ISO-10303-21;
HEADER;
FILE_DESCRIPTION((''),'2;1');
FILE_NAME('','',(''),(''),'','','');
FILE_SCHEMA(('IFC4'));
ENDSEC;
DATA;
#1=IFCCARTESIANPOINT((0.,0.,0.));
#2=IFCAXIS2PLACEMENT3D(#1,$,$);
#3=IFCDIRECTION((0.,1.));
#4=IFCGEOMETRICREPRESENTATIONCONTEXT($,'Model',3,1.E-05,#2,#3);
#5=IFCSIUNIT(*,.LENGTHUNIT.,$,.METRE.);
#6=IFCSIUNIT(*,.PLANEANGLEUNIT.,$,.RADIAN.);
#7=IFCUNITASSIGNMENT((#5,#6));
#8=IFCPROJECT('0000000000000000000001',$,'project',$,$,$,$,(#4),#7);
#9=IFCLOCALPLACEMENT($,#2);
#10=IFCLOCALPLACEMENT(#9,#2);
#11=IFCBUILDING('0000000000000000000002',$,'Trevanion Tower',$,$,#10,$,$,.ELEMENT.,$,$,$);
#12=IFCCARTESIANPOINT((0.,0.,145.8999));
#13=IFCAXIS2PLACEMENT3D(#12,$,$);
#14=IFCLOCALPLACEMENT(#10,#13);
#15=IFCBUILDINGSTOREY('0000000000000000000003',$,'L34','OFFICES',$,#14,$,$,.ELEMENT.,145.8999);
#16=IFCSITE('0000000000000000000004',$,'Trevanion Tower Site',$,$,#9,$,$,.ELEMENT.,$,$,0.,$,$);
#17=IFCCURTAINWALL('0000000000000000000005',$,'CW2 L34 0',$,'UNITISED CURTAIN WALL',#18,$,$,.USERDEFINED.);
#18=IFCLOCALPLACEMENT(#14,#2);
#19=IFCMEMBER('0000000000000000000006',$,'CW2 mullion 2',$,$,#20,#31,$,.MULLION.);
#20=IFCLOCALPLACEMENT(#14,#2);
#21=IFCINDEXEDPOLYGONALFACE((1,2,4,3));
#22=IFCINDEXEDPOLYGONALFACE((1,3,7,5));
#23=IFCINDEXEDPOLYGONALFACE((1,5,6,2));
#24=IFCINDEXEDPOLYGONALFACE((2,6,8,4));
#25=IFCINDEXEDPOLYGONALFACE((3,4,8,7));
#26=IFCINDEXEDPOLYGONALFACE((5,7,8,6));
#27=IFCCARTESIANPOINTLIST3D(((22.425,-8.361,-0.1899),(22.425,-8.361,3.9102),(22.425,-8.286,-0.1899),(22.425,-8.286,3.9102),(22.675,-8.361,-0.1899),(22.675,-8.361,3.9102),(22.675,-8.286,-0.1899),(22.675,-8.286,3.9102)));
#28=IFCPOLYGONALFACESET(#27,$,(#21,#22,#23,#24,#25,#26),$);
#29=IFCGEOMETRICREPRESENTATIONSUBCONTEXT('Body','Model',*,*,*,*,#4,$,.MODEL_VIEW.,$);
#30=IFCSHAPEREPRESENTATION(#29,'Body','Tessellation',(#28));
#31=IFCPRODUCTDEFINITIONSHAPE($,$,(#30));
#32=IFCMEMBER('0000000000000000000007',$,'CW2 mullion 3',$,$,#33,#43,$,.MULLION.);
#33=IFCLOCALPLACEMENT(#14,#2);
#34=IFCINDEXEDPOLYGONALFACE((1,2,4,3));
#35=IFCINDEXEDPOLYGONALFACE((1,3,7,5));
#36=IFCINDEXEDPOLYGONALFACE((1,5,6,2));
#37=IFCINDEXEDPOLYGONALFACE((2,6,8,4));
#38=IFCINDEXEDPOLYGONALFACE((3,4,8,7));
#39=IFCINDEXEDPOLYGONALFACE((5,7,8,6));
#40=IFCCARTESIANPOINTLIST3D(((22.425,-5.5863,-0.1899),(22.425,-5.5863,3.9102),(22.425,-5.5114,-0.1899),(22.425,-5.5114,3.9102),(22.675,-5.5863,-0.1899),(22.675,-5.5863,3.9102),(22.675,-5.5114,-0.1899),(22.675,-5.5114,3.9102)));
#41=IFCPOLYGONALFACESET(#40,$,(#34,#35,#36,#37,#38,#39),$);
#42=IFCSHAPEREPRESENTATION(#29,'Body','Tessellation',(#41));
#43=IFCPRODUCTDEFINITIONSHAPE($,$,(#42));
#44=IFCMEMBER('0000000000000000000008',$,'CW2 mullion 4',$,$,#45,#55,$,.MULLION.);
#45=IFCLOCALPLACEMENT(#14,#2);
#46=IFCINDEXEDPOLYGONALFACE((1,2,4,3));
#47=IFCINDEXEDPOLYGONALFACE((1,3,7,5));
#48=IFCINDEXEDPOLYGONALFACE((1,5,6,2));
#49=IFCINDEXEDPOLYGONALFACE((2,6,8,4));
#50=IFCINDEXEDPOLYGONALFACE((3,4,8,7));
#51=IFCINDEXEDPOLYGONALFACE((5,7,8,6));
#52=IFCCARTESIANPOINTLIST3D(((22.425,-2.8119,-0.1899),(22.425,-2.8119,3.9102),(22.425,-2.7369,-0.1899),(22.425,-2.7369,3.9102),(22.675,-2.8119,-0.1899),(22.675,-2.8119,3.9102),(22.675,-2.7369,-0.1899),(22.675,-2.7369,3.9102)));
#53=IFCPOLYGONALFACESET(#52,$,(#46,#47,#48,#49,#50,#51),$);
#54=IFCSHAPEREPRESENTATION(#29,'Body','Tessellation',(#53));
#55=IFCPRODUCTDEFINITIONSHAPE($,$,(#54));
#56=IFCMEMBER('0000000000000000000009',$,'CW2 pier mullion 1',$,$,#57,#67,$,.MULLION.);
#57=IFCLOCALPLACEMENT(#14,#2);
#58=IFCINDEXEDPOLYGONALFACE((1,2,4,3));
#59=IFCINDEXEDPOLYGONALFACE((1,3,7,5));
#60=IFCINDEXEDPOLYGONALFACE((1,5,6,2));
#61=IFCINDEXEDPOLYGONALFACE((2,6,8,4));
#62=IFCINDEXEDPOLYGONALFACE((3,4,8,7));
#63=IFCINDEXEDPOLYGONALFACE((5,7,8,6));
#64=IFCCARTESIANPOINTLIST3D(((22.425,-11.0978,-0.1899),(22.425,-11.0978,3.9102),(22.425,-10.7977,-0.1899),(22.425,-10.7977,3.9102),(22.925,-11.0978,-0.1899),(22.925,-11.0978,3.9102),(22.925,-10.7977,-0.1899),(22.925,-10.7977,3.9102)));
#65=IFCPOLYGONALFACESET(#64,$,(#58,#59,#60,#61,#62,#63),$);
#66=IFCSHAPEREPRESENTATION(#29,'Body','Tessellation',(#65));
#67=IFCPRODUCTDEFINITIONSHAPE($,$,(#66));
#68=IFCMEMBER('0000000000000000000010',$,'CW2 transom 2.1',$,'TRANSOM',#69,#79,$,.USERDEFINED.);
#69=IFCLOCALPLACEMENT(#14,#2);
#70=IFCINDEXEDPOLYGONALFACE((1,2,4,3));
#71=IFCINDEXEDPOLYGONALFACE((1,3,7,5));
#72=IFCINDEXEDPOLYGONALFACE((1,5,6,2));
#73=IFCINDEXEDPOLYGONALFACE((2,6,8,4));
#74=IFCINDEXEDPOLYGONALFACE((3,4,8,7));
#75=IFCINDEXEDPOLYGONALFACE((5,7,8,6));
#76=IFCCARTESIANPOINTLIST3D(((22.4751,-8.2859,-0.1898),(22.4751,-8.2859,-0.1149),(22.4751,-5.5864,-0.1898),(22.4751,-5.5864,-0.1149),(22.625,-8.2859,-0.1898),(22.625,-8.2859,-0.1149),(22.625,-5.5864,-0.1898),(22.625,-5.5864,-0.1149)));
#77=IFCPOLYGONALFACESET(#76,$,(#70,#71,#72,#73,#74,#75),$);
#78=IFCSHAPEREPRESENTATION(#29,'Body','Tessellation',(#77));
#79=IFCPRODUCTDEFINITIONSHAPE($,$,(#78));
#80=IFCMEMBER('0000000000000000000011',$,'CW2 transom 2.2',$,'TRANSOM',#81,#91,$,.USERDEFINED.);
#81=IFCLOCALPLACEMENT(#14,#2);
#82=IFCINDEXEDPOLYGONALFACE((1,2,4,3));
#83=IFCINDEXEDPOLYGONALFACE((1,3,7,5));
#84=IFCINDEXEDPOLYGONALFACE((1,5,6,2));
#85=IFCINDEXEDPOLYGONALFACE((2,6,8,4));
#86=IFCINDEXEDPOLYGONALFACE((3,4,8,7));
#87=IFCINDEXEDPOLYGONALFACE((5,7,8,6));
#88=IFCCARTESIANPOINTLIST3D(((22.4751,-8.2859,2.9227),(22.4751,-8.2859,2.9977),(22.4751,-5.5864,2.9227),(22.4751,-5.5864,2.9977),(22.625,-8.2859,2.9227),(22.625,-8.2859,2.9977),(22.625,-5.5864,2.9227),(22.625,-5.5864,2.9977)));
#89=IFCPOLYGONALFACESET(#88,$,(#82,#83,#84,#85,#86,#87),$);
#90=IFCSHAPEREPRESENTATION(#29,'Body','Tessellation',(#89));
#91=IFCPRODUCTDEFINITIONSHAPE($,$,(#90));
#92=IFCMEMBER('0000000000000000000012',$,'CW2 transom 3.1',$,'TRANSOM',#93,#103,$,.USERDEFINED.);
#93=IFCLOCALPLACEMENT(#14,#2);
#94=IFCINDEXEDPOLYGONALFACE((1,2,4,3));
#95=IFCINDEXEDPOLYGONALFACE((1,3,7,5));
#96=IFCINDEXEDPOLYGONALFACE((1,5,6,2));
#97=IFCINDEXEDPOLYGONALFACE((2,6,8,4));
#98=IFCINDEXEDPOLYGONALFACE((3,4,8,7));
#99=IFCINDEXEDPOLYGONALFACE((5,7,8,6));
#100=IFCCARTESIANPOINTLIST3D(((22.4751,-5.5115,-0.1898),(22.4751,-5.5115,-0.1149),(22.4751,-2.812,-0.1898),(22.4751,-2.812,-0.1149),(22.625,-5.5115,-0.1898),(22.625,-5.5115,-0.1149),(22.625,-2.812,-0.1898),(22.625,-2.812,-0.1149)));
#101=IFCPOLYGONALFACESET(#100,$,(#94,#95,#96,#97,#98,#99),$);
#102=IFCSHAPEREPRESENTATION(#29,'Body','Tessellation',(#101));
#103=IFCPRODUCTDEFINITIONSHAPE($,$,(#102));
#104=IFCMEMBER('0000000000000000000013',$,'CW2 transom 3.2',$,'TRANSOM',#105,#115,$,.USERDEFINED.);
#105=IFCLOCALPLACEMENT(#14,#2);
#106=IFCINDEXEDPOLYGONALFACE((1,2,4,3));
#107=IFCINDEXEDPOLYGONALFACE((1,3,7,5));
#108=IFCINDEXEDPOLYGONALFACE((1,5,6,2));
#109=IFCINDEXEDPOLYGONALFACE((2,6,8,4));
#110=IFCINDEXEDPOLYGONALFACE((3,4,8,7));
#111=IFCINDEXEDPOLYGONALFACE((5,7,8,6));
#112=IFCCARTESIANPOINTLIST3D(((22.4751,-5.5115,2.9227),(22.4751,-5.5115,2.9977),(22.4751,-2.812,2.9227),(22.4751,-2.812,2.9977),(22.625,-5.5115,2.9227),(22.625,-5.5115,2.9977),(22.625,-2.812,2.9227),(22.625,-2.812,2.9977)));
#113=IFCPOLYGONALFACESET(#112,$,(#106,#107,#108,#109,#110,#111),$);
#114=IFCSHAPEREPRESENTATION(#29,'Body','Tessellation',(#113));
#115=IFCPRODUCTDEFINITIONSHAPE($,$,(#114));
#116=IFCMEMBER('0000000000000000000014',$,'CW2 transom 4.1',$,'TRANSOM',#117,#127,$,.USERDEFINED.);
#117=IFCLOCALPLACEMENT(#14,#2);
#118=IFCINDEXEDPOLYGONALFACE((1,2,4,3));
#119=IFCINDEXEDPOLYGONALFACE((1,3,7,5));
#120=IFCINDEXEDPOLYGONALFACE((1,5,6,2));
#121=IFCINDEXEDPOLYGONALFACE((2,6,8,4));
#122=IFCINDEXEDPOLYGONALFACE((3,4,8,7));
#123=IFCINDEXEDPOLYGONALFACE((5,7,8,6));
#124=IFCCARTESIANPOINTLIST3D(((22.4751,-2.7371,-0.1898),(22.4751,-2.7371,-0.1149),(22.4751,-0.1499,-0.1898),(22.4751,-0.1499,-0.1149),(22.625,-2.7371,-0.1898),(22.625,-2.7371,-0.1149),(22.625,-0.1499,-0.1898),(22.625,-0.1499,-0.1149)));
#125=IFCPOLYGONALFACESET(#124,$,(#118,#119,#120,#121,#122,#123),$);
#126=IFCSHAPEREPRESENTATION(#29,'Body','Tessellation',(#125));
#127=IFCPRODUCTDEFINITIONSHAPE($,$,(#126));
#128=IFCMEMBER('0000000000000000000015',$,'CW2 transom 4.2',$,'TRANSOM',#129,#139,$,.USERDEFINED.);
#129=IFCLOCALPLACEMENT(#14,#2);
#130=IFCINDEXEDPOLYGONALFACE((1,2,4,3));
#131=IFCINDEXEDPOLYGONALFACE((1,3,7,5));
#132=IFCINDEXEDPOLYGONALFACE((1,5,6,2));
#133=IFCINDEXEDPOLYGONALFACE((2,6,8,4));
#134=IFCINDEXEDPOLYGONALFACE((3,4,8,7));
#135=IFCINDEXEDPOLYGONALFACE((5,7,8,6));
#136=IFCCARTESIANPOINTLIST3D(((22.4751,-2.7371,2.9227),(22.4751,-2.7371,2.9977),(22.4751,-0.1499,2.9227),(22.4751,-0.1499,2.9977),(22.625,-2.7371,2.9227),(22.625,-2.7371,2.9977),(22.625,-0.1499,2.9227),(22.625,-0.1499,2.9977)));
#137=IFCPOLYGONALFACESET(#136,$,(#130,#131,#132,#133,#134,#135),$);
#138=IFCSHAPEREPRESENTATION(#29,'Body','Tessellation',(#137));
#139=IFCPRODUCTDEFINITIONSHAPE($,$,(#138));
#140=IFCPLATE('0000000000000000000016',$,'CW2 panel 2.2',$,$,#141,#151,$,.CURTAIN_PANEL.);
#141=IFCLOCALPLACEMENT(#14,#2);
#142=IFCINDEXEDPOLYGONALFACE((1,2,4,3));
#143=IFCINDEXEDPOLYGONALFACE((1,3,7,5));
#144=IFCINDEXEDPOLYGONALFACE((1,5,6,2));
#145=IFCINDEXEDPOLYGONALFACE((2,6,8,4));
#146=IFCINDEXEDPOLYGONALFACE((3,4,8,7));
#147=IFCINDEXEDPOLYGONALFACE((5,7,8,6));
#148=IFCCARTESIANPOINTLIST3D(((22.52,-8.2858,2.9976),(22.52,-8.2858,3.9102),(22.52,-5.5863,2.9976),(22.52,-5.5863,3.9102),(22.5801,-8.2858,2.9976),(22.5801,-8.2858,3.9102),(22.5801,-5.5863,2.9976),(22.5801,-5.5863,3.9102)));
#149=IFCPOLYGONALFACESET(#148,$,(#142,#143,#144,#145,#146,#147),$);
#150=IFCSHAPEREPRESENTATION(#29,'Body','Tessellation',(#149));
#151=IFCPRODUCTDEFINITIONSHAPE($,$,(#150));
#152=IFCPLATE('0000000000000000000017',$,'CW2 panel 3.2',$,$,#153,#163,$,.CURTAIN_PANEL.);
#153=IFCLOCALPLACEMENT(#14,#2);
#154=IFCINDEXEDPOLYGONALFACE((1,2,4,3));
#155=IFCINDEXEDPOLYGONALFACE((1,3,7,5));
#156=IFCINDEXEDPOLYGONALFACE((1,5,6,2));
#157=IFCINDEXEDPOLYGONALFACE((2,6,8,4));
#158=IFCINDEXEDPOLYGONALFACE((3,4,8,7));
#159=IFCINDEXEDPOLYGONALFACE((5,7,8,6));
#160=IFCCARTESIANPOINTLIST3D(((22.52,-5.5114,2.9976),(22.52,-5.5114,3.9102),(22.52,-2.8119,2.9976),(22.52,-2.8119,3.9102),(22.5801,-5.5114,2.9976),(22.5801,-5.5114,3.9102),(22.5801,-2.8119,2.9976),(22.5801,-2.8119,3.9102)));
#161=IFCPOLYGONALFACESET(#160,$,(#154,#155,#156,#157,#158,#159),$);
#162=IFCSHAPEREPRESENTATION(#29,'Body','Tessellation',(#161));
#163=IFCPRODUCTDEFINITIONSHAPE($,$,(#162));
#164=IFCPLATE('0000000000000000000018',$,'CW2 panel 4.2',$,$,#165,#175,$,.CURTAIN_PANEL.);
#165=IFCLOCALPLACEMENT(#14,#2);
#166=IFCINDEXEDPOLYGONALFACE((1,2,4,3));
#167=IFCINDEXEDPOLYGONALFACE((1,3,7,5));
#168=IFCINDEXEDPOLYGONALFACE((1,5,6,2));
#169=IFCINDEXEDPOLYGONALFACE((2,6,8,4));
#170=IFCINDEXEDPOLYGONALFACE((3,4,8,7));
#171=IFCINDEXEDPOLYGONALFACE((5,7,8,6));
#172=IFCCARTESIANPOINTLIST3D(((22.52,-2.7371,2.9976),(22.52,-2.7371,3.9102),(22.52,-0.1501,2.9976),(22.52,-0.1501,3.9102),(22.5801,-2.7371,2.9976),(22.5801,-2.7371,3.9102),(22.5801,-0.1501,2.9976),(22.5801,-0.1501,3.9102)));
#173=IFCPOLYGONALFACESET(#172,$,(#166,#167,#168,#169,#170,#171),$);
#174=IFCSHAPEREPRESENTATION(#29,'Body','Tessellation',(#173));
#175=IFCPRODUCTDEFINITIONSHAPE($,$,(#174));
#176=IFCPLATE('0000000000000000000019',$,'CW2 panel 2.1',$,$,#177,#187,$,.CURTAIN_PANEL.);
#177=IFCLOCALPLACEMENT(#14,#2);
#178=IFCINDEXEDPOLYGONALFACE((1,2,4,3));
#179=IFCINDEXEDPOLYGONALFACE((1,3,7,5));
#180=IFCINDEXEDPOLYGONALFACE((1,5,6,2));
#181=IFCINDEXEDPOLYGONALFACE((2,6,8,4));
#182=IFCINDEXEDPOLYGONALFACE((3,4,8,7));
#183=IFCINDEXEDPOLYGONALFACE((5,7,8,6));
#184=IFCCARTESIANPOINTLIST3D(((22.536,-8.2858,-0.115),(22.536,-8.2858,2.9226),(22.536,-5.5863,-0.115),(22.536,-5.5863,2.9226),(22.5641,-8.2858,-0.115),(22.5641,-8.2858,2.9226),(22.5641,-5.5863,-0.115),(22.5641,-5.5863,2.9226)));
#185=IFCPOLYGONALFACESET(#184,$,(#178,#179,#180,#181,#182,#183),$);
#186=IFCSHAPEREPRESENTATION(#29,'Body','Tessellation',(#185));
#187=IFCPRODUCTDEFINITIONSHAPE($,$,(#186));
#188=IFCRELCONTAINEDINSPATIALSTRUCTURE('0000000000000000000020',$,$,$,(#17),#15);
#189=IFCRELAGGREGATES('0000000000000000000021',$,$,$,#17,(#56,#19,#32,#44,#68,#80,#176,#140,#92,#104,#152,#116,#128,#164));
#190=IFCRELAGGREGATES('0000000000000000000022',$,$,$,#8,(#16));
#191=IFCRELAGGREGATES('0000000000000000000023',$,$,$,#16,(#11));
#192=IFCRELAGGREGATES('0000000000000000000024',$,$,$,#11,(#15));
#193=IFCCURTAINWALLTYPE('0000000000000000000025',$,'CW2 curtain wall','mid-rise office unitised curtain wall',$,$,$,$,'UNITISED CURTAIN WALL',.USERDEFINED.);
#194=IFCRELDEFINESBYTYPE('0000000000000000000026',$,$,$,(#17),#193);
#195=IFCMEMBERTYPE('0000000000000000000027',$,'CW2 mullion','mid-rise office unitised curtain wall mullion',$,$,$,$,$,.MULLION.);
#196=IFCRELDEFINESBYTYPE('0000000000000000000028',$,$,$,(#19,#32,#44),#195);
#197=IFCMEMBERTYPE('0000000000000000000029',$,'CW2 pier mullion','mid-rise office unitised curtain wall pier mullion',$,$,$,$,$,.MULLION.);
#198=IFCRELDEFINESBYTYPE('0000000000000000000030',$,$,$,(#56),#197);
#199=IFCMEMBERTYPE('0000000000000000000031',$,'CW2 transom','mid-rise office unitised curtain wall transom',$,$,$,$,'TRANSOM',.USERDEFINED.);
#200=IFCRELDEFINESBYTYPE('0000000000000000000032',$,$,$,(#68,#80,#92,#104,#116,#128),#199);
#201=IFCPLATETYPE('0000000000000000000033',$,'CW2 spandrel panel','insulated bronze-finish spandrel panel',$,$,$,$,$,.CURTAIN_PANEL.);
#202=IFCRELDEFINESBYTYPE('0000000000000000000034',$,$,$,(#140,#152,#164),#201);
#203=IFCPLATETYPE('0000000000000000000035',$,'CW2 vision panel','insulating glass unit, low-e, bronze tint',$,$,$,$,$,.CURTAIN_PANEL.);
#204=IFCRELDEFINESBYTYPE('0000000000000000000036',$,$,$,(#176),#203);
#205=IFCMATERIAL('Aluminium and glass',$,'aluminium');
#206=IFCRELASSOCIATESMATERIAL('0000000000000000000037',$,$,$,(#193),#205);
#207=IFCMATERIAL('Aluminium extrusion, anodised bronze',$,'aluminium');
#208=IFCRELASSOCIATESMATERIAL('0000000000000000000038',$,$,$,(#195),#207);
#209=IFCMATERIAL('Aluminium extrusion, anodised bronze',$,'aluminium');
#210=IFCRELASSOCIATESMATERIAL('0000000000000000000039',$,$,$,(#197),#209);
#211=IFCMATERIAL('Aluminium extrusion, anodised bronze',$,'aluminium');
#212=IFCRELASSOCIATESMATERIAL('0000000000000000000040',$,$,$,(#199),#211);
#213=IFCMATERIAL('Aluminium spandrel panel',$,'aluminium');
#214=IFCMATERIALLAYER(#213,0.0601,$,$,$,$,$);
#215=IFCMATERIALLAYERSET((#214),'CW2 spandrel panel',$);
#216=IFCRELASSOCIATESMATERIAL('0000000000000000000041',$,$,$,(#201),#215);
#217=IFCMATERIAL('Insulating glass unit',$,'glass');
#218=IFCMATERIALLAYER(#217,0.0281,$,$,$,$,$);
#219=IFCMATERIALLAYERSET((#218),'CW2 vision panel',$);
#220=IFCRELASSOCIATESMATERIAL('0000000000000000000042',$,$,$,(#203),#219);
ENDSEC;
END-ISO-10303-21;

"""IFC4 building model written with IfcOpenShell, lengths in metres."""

from ifc_helpers import new_model, si_unit, direction, frame, origin, origin_2d, place, context, subcontext, project, spatial, rectangle, extrude, material, layer, layer_set, material_profile, profile_set, type_object, element, aggregate, save


model = new_model("IFC4")

# Units and contexts
model_context = context("Model", 3, precision=1e-05, world=origin(), true_north=direction((0.0, 1.0)))
body_context = subcontext(model_context, "Body", "Model", "MODEL_VIEW")
ifc_project = project(units=[si_unit("LENGTHUNIT", "METRE"), si_unit("PLANEANGLEUNIT", "RADIAN")], contexts=[model_context])

# Site, building, storey
site_placement = place(None, origin())
site = spatial("IfcSite", under=ifc_project, at=site_placement, Name="Trevanion Tower Site", CompositionType="ELEMENT", RefElevation=0.0)
building_placement = place(site_placement, origin())
building = spatial("IfcBuilding", under=site, at=building_placement, Name="Trevanion Tower", CompositionType="ELEMENT")
storey_placement = place(building_placement, frame((0.0, 0.0, 145.8999)))
storey = spatial("IfcBuildingStorey", under=building, at=storey_placement, Name="L34", Description="OFFICES", CompositionType="ELEMENT", Elevation=145.8999)

# Curtain wall, members, plates
ifc_material_1 = material(Name="Aluminium and glass", Category="aluminium")
curtain_wall_type = type_object("IfcCurtainWallType", Name="CW2 curtain wall", Description="mid-rise office unitised curtain wall", ElementType="UNITISED CURTAIN WALL", PredefinedType="USERDEFINED", material=ifc_material_1)
curtain_wall_placement = place(storey_placement, origin())
curtain_wall = element("IfcCurtainWall", 1, at=curtain_wall_placement, inside=storey, type_object=curtain_wall_type, Name="CW2 L34 0", ObjectType="UNITISED CURTAIN WALL", PredefinedType="USERDEFINED")
ifc_material_2 = material(Name="Aluminium extrusion, anodised bronze", Category="aluminium")
ifc_material_profile_1 = material_profile(ifc_material_2, rectangle(XDim=0.075, YDim=0.25, at=origin_2d()), Name="CW2 mullion")
ifc_profile_set_1 = profile_set([ifc_material_profile_1], Name="Aluminium extrusion, anodised bronze")
member_type_1 = type_object("IfcMemberType", Name="CW2 mullion", Description="mid-rise office unitised curtain wall mullion", PredefinedType="MULLION", material=ifc_profile_set_1)
member_1_placement = place(storey_placement, frame((22.55, -8.3235, -0.1899), z_axis=(0.0, 0.0, 1.0), x_axis=(0.0, 1.0, 0.0)))
member_1 = element("IfcMember", 2, at=member_1_placement, type_object=member_type_1, Name="CW2 mullion 2", PredefinedType="MULLION", context=body_context, shape_type="SweptSolid", body=[
    extrude(rectangle(XDim=0.075, YDim=0.25, at=origin_2d()), origin(), (0.0, 0.0, 1.0), 4.1001),
])
member_2_placement = place(storey_placement, frame((22.55, -5.5488, -0.1899), z_axis=(0.0, 0.0, 1.0), x_axis=(0.0, 1.0, 0.0)))
member_2 = element("IfcMember", 3, at=member_2_placement, type_object=member_type_1, Name="CW2 mullion 3", PredefinedType="MULLION", context=body_context, shape_type="SweptSolid", body=[
    extrude(rectangle(XDim=0.075, YDim=0.25, at=origin_2d()), origin(), (0.0, 0.0, 1.0), 4.1001),
])
member_3_placement = place(storey_placement, frame((22.55, -2.7744, -0.1899), z_axis=(0.0, 0.0, 1.0), x_axis=(0.0, 1.0, 0.0)))
member_3 = element("IfcMember", 4, at=member_3_placement, type_object=member_type_1, Name="CW2 mullion 4", PredefinedType="MULLION", context=body_context, shape_type="SweptSolid", body=[
    extrude(rectangle(XDim=0.075, YDim=0.25, at=origin_2d()), origin(), (0.0, 0.0, 1.0), 4.1001),
])
ifc_material_3 = material(Name="Aluminium extrusion, anodised bronze", Category="aluminium")
ifc_material_profile_2 = material_profile(ifc_material_3, rectangle(XDim=0.3, YDim=0.5, at=origin_2d()), Name="CW2 pier mullion")
ifc_profile_set_2 = profile_set([ifc_material_profile_2], Name="Aluminium extrusion, anodised bronze")
member_type_2 = type_object("IfcMemberType", Name="CW2 pier mullion", Description="mid-rise office unitised curtain wall pier mullion", PredefinedType="MULLION", material=ifc_profile_set_2)
member_4_placement = place(storey_placement, frame((22.675, -10.9478, -0.1899), z_axis=(0.0, 0.0, 1.0), x_axis=(0.0, 1.0, 0.0)))
member_4 = element("IfcMember", 5, at=member_4_placement, type_object=member_type_2, Name="CW2 pier mullion 1", PredefinedType="MULLION", context=body_context, shape_type="SweptSolid", body=[
    extrude(rectangle(XDim=0.3, YDim=0.5, at=origin_2d()), origin(), (0.0, 0.0, 1.0), 4.1001),
])
ifc_material_4 = material(Name="Aluminium extrusion, anodised bronze", Category="aluminium")
ifc_material_profile_3 = material_profile(ifc_material_4, rectangle(XDim=0.1499, YDim=0.075, at=origin_2d()), Name="CW2 transom")
ifc_profile_set_3 = profile_set([ifc_material_profile_3], Name="Aluminium extrusion, anodised bronze")
member_type_3 = type_object("IfcMemberType", Name="CW2 transom", Description="mid-rise office unitised curtain wall transom", ElementType="TRANSOM", PredefinedType="USERDEFINED", material=ifc_profile_set_3)
member_5_placement = place(storey_placement, frame((22.55, -8.2859, -0.1523), z_axis=(0.0, 1.0, 0.0), x_axis=(-1.0, 0.0, 0.0)))
member_5 = element("IfcMember", 6, at=member_5_placement, type_object=member_type_3, Name="CW2 transom 2.1", ObjectType="TRANSOM", PredefinedType="USERDEFINED", context=body_context, shape_type="SweptSolid", body=[
    extrude(rectangle(XDim=0.1499, YDim=0.075, at=origin_2d()), origin(), (0.0, 0.0, 1.0), 2.6995),
])
member_6_placement = place(storey_placement, frame((22.55, -8.2859, 2.9602), z_axis=(0.0, 1.0, 0.0), x_axis=(-1.0, 0.0, 0.0)))
member_6 = element("IfcMember", 7, at=member_6_placement, type_object=member_type_3, Name="CW2 transom 2.2", ObjectType="TRANSOM", PredefinedType="USERDEFINED", context=body_context, shape_type="SweptSolid", body=[
    extrude(rectangle(XDim=0.1499, YDim=0.075, at=origin_2d()), origin(), (0.0, 0.0, 1.0), 2.6995),
])
member_7_placement = place(storey_placement, frame((22.55, -5.5115, -0.1523), z_axis=(0.0, 1.0, 0.0), x_axis=(-1.0, 0.0, 0.0)))
member_7 = element("IfcMember", 8, at=member_7_placement, type_object=member_type_3, Name="CW2 transom 3.1", ObjectType="TRANSOM", PredefinedType="USERDEFINED", context=body_context, shape_type="SweptSolid", body=[
    extrude(rectangle(XDim=0.1499, YDim=0.075, at=origin_2d()), origin(), (0.0, 0.0, 1.0), 2.6995),
])
member_8_placement = place(storey_placement, frame((22.55, -5.5115, 2.9602), z_axis=(0.0, 1.0, 0.0), x_axis=(-1.0, 0.0, 0.0)))
member_8 = element("IfcMember", 9, at=member_8_placement, type_object=member_type_3, Name="CW2 transom 3.2", ObjectType="TRANSOM", PredefinedType="USERDEFINED", context=body_context, shape_type="SweptSolid", body=[
    extrude(rectangle(XDim=0.1499, YDim=0.075, at=origin_2d()), origin(), (0.0, 0.0, 1.0), 2.6995),
])
member_9_placement = place(storey_placement, frame((22.55, -2.7371, -0.1523), z_axis=(0.0, 1.0, 0.0), x_axis=(-1.0, 0.0, 0.0)))
member_9 = element("IfcMember", 10, at=member_9_placement, type_object=member_type_3, Name="CW2 transom 4.1", ObjectType="TRANSOM", PredefinedType="USERDEFINED", context=body_context, shape_type="SweptSolid", body=[
    extrude(rectangle(XDim=0.1499, YDim=0.075, at=origin_2d()), origin(), (0.0, 0.0, 1.0), 2.5872),
])
member_10_placement = place(storey_placement, frame((22.55, -2.7371, 2.9602), z_axis=(0.0, 1.0, 0.0), x_axis=(-1.0, 0.0, 0.0)))
member_10 = element("IfcMember", 11, at=member_10_placement, type_object=member_type_3, Name="CW2 transom 4.2", ObjectType="TRANSOM", PredefinedType="USERDEFINED", context=body_context, shape_type="SweptSolid", body=[
    extrude(rectangle(XDim=0.1499, YDim=0.075, at=origin_2d()), origin(), (0.0, 0.0, 1.0), 2.5872),
])
ifc_material_5 = material(Name="Aluminium spandrel panel", Category="aluminium")
ifc_layer_1 = layer(ifc_material_5, 0.0601)
ifc_layer_set_1 = layer_set([ifc_layer_1], Name="CW2 spandrel panel")
plate_type_1 = type_object("IfcPlateType", Name="CW2 spandrel panel", Description="insulated bronze-finish spandrel panel", PredefinedType="CURTAIN_PANEL", material=ifc_layer_set_1)
plate_1_placement = place(storey_placement, frame((22.55, -6.936, 2.9976), z_axis=(0.0, 0.0, 1.0), x_axis=(0.0, 1.0, 0.0)))
plate_1 = element("IfcPlate", 12, at=plate_1_placement, type_object=plate_type_1, Name="CW2 panel 2.2", PredefinedType="CURTAIN_PANEL", context=body_context, shape_type="SweptSolid", body=[
    extrude(rectangle(XDim=2.6995, YDim=0.0601, at=origin_2d()), origin(), (0.0, 0.0, 1.0), 0.9126),
])
plate_2_placement = place(storey_placement, frame((22.55, -4.1616, 2.9976), z_axis=(0.0, 0.0, 1.0), x_axis=(0.0, 1.0, 0.0)))
plate_2 = element("IfcPlate", 13, at=plate_2_placement, type_object=plate_type_1, Name="CW2 panel 3.2", PredefinedType="CURTAIN_PANEL", context=body_context, shape_type="SweptSolid", body=[
    extrude(rectangle(XDim=2.6995, YDim=0.0601, at=origin_2d()), origin(), (0.0, 0.0, 1.0), 0.9126),
])
plate_3_placement = place(storey_placement, frame((22.55, -1.4436, 2.9976), z_axis=(0.0, 0.0, 1.0), x_axis=(0.0, 1.0, 0.0)))
plate_3 = element("IfcPlate", 14, at=plate_3_placement, type_object=plate_type_1, Name="CW2 panel 4.2", PredefinedType="CURTAIN_PANEL", context=body_context, shape_type="SweptSolid", body=[
    extrude(rectangle(XDim=2.5869, YDim=0.0601, at=origin_2d()), origin(), (0.0, 0.0, 1.0), 0.9126),
])
ifc_material_6 = material(Name="Insulating glass unit", Category="glass")
ifc_layer_2 = layer(ifc_material_6, 0.0281)
ifc_layer_set_2 = layer_set([ifc_layer_2], Name="CW2 vision panel")
plate_type_2 = type_object("IfcPlateType", Name="CW2 vision panel", Description="insulating glass unit, low-e, bronze tint", PredefinedType="CURTAIN_PANEL", material=ifc_layer_set_2)
plate_4_placement = place(storey_placement, frame((22.55, -6.936, -0.115), z_axis=(0.0, 0.0, 1.0), x_axis=(0.0, 1.0, 0.0)))
plate_4 = element("IfcPlate", 15, at=plate_4_placement, type_object=plate_type_2, Name="CW2 panel 2.1", PredefinedType="CURTAIN_PANEL", context=body_context, shape_type="SweptSolid", body=[
    extrude(rectangle(XDim=2.6995, YDim=0.0281, at=origin_2d()), origin(), (0.0, 0.0, 1.0), 3.0376),
])
aggregate(curtain_wall, [member_4, member_1, member_2, member_3, member_5, member_6, plate_4, plate_1, member_7, member_8, plate_2, member_9, member_10, plate_3])

save(model, "model.ifc")
